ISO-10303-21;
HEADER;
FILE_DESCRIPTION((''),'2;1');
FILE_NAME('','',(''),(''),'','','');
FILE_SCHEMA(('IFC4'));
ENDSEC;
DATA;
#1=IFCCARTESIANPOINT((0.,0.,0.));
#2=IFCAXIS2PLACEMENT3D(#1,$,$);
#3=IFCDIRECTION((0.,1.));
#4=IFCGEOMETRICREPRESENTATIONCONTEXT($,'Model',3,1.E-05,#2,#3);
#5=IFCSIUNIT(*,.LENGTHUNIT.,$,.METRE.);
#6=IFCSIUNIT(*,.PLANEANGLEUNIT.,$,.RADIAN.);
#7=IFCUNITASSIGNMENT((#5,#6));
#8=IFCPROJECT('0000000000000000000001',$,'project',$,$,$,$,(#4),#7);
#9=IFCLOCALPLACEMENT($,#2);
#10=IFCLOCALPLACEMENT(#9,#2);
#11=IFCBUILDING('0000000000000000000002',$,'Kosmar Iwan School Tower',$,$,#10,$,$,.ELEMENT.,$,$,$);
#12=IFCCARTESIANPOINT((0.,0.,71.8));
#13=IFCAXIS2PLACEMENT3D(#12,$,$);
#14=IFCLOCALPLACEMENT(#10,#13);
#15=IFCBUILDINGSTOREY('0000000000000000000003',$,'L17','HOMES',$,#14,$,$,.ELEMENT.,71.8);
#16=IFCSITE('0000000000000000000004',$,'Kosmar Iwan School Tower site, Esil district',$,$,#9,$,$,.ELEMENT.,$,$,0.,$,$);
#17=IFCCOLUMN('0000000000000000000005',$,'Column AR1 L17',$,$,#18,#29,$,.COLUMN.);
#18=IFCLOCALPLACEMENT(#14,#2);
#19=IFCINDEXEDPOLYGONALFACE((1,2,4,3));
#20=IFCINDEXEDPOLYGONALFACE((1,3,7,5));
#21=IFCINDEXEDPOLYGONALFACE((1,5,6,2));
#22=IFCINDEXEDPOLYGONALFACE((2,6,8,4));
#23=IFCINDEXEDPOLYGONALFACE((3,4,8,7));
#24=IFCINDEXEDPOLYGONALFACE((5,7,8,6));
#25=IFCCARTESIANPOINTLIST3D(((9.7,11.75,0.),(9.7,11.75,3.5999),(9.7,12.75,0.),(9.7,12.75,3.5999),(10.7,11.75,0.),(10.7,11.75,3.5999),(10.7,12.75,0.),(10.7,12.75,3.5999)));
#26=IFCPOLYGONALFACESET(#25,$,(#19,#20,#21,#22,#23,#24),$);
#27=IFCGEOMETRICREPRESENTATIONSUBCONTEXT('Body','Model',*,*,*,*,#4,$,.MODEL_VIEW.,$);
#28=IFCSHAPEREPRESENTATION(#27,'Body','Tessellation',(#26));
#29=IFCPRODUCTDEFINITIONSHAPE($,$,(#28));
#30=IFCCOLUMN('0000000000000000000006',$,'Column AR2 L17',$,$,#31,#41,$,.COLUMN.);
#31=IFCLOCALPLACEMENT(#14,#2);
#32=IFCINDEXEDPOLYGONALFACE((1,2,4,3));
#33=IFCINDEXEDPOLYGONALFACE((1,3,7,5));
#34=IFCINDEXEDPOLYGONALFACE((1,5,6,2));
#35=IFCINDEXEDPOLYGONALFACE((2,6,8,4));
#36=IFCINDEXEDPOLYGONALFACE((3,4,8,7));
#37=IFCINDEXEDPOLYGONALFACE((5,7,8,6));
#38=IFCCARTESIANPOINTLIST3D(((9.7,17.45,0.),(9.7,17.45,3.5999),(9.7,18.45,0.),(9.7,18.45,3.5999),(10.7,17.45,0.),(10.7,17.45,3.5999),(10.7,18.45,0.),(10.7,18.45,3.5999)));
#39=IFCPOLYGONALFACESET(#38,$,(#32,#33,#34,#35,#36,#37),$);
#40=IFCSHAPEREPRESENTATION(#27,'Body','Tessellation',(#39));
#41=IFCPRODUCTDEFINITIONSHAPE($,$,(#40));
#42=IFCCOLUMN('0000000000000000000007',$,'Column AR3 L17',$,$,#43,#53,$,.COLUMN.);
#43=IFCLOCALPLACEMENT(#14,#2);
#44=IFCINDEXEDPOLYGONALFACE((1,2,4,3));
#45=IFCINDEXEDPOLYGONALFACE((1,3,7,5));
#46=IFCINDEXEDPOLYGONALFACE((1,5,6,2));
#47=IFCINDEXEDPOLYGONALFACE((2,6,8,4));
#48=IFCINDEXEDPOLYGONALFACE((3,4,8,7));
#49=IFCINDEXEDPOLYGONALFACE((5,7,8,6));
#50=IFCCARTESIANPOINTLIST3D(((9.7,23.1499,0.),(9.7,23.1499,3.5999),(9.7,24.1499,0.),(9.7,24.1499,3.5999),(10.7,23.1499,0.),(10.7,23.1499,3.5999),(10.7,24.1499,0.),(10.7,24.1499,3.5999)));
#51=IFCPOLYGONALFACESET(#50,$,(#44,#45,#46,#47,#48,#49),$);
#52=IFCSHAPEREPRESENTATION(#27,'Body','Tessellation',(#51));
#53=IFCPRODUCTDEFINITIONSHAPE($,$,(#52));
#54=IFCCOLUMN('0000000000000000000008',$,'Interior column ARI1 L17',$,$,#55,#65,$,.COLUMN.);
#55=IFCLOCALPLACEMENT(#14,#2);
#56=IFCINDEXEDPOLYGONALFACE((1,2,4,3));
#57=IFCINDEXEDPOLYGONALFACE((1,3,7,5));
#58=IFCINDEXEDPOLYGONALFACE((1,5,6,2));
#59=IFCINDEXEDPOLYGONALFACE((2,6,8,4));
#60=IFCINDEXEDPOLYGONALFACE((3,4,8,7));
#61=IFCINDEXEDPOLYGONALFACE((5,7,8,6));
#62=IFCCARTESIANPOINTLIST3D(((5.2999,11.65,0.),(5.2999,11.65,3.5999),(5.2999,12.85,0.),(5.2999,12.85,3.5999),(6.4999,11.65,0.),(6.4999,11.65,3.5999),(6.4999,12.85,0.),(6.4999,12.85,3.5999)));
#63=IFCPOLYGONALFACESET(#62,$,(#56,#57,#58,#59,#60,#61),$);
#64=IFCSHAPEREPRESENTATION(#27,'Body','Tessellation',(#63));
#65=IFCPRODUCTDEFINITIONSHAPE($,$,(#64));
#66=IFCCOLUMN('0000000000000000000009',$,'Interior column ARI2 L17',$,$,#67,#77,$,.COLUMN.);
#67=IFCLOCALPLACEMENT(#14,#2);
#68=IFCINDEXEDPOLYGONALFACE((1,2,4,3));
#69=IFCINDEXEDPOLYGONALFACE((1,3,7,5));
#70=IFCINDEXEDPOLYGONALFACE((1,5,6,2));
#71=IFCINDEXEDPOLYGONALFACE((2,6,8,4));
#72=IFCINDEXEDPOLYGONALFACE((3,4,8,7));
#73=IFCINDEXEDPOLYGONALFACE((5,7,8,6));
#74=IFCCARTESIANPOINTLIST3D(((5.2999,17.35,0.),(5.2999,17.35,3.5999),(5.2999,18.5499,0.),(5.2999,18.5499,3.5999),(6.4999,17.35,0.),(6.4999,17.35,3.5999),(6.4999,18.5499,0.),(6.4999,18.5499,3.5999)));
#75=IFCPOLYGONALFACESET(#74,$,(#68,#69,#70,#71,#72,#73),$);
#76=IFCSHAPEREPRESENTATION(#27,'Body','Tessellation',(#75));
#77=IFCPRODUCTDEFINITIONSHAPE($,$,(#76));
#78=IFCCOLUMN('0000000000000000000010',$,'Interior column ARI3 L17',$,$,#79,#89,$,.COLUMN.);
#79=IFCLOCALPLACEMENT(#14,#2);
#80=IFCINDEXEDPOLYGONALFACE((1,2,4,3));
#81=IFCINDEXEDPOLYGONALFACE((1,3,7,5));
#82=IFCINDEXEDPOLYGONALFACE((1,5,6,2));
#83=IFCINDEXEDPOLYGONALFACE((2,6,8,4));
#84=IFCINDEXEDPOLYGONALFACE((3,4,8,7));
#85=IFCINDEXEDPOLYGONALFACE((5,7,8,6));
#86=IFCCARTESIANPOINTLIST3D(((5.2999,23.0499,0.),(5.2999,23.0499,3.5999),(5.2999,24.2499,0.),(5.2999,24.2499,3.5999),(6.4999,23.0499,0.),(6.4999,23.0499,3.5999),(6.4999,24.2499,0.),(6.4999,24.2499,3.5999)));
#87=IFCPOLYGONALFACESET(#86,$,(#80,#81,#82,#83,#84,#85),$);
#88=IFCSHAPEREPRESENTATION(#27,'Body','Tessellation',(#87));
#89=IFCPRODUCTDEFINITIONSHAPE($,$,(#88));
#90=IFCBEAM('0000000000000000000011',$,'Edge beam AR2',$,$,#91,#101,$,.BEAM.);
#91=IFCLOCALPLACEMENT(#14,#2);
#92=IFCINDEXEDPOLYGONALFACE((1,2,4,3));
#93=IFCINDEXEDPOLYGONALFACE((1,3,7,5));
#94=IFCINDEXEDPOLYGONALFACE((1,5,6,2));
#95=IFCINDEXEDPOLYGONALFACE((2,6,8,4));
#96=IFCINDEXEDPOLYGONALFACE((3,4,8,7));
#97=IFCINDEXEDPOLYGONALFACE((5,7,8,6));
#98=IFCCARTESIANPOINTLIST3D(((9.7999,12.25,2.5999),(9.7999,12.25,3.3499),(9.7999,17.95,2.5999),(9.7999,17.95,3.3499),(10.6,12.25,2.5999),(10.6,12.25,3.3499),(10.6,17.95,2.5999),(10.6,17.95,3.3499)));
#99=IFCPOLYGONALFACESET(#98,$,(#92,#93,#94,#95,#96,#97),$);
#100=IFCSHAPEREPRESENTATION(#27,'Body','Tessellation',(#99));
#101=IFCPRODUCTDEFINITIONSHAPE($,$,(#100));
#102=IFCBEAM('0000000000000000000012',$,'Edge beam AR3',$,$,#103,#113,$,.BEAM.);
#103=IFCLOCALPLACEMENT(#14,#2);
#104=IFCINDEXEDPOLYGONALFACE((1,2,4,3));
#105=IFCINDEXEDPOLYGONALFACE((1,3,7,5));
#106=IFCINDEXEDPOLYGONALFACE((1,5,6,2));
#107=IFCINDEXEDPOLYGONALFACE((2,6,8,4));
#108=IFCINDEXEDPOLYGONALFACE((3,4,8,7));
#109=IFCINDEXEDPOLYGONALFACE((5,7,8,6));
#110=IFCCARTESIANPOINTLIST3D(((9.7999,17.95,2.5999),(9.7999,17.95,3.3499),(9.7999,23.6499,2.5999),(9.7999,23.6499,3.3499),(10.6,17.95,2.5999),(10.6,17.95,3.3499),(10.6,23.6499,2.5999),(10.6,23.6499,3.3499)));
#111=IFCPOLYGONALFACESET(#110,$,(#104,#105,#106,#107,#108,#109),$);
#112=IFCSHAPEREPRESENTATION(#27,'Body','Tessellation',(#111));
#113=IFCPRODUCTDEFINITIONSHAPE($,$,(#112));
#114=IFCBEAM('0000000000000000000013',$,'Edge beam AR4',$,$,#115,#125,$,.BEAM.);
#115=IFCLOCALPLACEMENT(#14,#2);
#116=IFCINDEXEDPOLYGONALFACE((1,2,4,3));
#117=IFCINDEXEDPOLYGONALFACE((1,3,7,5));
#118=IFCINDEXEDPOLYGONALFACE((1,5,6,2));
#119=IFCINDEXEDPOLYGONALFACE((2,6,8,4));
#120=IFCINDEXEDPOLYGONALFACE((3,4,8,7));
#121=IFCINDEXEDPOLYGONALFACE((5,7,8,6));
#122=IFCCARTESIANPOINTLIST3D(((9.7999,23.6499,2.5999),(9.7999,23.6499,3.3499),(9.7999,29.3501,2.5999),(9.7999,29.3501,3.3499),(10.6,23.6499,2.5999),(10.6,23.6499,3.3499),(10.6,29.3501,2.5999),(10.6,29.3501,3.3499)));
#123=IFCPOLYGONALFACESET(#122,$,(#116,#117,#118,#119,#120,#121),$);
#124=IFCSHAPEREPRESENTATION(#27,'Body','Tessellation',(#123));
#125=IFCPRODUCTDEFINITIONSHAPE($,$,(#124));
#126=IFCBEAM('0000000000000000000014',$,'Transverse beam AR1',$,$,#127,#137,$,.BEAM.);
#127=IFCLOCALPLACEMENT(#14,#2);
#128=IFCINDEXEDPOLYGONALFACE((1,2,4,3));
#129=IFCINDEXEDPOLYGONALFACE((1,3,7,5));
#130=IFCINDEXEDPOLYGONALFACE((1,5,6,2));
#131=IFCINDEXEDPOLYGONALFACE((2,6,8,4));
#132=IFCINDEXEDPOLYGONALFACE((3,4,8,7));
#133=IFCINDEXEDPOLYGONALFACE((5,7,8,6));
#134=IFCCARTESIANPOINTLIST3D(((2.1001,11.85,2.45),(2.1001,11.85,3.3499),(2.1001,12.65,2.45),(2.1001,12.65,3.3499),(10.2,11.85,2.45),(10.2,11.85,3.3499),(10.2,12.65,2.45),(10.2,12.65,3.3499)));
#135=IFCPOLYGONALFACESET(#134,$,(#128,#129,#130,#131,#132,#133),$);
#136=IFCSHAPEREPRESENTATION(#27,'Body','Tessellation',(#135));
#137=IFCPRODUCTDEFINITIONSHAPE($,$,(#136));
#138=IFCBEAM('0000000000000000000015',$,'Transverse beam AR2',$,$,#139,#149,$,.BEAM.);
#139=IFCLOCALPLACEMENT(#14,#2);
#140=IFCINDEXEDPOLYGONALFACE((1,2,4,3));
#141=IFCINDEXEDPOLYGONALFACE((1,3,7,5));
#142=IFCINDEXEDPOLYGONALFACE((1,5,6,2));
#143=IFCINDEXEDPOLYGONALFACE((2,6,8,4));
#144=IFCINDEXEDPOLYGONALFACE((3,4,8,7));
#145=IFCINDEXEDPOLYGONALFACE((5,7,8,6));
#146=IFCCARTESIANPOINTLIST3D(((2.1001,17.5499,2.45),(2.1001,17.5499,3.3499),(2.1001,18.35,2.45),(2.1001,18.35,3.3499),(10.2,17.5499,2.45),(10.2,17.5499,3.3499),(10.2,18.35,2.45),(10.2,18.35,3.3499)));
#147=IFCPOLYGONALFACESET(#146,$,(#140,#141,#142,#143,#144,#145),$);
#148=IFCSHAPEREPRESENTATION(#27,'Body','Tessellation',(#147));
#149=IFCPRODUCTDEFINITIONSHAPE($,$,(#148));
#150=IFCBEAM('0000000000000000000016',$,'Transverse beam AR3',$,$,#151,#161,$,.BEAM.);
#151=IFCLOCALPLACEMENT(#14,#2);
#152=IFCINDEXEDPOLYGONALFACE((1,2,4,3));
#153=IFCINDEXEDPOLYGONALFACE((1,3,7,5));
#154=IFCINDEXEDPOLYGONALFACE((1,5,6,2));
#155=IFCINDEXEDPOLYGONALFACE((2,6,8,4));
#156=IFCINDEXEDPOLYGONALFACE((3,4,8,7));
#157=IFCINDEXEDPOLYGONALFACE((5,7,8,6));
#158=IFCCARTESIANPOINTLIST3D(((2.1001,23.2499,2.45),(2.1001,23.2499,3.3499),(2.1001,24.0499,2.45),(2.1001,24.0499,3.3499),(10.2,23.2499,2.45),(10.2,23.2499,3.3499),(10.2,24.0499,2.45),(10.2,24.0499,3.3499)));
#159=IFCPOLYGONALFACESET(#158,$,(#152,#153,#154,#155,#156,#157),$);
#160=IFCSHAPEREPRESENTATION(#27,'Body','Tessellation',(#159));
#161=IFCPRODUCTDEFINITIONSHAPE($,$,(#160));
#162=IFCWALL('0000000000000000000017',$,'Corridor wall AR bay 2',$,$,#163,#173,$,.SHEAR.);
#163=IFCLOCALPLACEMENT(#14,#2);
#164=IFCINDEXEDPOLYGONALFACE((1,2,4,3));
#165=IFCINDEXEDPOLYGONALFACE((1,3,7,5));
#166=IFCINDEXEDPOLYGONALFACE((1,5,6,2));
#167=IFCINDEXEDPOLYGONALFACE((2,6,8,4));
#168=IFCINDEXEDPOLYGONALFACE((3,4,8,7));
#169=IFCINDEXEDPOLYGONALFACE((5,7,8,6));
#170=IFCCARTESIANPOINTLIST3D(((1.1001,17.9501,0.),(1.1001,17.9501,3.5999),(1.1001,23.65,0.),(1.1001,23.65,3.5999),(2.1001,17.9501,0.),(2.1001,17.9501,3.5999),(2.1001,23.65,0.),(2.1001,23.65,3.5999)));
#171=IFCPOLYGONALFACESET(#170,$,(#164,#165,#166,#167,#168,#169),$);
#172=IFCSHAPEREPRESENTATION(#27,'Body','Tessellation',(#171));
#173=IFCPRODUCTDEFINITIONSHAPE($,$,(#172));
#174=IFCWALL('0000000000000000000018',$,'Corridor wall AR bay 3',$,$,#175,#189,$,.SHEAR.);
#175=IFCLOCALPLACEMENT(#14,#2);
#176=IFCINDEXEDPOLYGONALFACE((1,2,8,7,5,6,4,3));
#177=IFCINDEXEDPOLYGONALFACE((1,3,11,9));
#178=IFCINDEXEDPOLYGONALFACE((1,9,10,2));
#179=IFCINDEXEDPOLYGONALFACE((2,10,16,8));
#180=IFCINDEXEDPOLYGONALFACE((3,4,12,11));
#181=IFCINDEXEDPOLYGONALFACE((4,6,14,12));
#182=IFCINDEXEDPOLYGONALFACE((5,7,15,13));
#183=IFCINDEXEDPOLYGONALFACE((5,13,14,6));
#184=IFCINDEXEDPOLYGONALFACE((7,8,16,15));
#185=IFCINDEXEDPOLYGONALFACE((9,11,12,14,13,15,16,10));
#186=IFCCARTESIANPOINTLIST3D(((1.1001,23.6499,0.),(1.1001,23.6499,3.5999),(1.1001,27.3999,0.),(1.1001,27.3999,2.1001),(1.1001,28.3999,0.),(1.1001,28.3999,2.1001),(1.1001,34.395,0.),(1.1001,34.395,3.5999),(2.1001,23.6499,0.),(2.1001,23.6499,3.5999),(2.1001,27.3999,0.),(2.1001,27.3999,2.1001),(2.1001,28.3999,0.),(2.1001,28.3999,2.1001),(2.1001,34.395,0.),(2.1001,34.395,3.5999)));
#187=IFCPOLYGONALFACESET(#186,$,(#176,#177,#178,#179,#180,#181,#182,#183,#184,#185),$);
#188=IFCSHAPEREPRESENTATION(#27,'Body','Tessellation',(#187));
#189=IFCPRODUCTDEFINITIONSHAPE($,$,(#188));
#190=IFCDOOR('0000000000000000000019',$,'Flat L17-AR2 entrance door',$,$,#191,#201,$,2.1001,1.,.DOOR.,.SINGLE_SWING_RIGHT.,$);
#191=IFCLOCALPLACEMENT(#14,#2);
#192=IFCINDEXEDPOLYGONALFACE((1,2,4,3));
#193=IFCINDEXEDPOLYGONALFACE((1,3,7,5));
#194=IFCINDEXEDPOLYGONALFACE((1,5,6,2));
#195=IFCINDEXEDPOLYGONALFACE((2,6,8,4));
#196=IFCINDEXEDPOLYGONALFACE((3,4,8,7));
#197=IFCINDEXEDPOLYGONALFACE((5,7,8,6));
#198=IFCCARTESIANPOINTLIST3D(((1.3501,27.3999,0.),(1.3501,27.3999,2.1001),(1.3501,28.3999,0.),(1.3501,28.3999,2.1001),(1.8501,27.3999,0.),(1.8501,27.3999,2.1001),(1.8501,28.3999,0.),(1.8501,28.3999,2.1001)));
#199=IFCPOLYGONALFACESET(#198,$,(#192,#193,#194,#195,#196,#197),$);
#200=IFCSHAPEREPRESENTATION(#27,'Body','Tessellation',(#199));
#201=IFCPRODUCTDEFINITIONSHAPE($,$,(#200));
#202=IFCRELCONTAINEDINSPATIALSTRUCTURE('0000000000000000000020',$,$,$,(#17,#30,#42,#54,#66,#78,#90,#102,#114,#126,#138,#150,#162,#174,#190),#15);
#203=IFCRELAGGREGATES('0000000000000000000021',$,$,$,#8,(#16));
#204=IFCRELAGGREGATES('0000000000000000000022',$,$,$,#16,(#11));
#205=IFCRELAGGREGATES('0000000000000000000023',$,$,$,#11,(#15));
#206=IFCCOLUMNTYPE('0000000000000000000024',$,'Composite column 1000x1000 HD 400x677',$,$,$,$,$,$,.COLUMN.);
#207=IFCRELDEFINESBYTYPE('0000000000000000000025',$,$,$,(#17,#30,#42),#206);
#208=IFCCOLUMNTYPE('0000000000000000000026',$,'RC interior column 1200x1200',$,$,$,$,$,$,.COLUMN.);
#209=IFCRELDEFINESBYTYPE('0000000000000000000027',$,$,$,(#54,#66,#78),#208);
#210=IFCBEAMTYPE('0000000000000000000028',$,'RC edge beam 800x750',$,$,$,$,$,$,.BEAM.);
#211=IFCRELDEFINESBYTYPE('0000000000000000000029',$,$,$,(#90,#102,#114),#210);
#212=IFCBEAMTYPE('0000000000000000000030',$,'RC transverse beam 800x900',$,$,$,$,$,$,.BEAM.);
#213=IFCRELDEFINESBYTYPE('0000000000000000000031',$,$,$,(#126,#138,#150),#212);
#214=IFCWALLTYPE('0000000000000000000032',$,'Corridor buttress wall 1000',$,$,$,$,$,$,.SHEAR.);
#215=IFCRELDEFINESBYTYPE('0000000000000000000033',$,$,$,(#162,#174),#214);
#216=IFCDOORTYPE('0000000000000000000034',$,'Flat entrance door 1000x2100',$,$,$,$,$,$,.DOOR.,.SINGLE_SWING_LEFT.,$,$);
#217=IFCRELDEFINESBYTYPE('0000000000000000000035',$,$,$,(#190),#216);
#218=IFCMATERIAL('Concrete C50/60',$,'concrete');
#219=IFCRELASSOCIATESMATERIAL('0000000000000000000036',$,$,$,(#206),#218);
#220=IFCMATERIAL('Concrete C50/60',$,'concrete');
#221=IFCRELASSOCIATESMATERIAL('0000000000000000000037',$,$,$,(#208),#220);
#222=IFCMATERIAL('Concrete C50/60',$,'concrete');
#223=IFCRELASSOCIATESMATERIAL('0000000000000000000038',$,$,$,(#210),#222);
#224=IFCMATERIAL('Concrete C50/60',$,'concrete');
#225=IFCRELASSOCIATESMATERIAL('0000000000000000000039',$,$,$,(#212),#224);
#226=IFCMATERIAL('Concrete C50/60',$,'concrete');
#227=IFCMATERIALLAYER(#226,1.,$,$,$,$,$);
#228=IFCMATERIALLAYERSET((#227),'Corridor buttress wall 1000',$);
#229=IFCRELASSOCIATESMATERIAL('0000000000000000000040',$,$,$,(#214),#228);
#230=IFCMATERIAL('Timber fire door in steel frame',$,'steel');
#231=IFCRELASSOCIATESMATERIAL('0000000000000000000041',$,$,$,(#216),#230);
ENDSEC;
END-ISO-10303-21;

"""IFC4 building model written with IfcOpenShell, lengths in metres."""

from ifc_helpers import new_model, si_unit, direction, frame, frame_2d, origin, origin_2d, place, context, subcontext, project, spatial, rectangle, extrude, material, layer, layer_set, material_profile, profile_set, type_object, element, fill, save


model = new_model("IFC4")

# Units and contexts
model_context = context("Model", 3, precision=1e-05, world=origin(), true_north=direction((0.0, 1.0)))
body_context = subcontext(model_context, "Body", "Model", "MODEL_VIEW")
ifc_project = project(units=[si_unit("LENGTHUNIT", "METRE"), si_unit("PLANEANGLEUNIT", "RADIAN")], contexts=[model_context])

# Site, building, storey
site_placement = place(None, origin())
site = spatial("IfcSite", under=ifc_project, at=site_placement, Name="Kosmar Iwan School Tower site, Esil district", CompositionType="ELEMENT", RefElevation=0.0)
building_placement = place(site_placement, origin())
building = spatial("IfcBuilding", under=site, at=building_placement, Name="Kosmar Iwan School Tower", CompositionType="ELEMENT")
storey_placement = place(building_placement, frame((0.0, 0.0, 71.8)))
storey = spatial("IfcBuildingStorey", under=building, at=storey_placement, Name="L17", Description="HOMES", CompositionType="ELEMENT", Elevation=71.8)

# Columns
ifc_material_1 = material(Name="Concrete C50/60", Category="concrete")
ifc_material_profile_1 = material_profile(ifc_material_1, rectangle(XDim=1.0, YDim=1.0, at=origin_2d()), Name="RC 1000x1000 + HD 400x677")
ifc_profile_set_1 = profile_set([ifc_material_profile_1], Name="Concrete C50/60")
column_type_1 = type_object("IfcColumnType", Name="Composite column 1000x1000 HD 400x677", PredefinedType="COLUMN", material=ifc_profile_set_1)
for number, where, z_axis, x_axis, name in (
    (1, (10.2, 12.25, 0.0), (0.0, 0.0, 1.0), (0.0, 1.0, 0.0), "Column AR1 L17"),
    (2, (10.2, 17.95, 0.0), (0.0, 0.0, 1.0), (0.0, 1.0, 0.0), "Column AR2 L17"),
    (3, (10.2, 23.6499, 0.0), (0.0, 0.0, 1.0), (0.0, 1.0, 0.0), "Column AR3 L17"),
):
    element("IfcColumn", number, at=place(storey_placement, frame(where, z_axis=z_axis, x_axis=x_axis)), inside=storey, type_object=column_type_1, Name=name, PredefinedType="COLUMN", context=body_context, shape_type="SweptSolid", body=[
        extrude(rectangle(XDim=1.0, YDim=1.0, at=origin_2d()), origin(), (0.0, 0.0, 1.0), 3.5999),
    ])
ifc_material_2 = material(Name="Concrete C50/60", Category="concrete")
ifc_material_profile_2 = material_profile(ifc_material_2, rectangle(XDim=1.2, YDim=1.2, at=origin_2d()), Name="RC 1200x1200")
ifc_profile_set_2 = profile_set([ifc_material_profile_2], Name="Concrete C50/60")
column_type_2 = type_object("IfcColumnType", Name="RC interior column 1200x1200", PredefinedType="COLUMN", material=ifc_profile_set_2)
for number, where, z_axis, x_axis, name in (
    (4, (5.8999, 12.25, 0.0), (0.0, 0.0, 1.0), (0.0, 1.0, 0.0), "Interior column ARI1 L17"),
    (5, (5.8999, 17.95, 0.0), (0.0, 0.0, 1.0), (0.0, 1.0, 0.0), "Interior column ARI2 L17"),
    (6, (5.8999, 23.6499, 0.0), (0.0, 0.0, 1.0), (0.0, 1.0, 0.0), "Interior column ARI3 L17"),
):
    element("IfcColumn", number, at=place(storey_placement, frame(where, z_axis=z_axis, x_axis=x_axis)), inside=storey, type_object=column_type_2, Name=name, PredefinedType="COLUMN", context=body_context, shape_type="SweptSolid", body=[
        extrude(rectangle(XDim=1.2, YDim=1.2, at=origin_2d()), origin(), (0.0, 0.0, 1.0), 3.5999),
    ])

# Beams
ifc_material_3 = material(Name="Concrete C50/60", Category="concrete")
ifc_material_profile_3 = material_profile(ifc_material_3, rectangle(XDim=0.8, YDim=0.75, at=origin_2d()), Name="RC 800x750")
ifc_profile_set_3 = profile_set([ifc_material_profile_3], Name="Concrete C50/60")
beam_type_1 = type_object("IfcBeamType", Name="RC edge beam 800x750", PredefinedType="BEAM", material=ifc_profile_set_3)
for number, where, z_axis, x_axis, name in (
    (7, (10.2, 12.25, 2.9749), (0.0, 1.0, 0.0), (-1.0, 0.0, 0.0), "Edge beam AR2"),
    (8, (10.2, 17.95, 2.9749), (0.0, 1.0, 0.0), (-1.0, 0.0, 0.0), "Edge beam AR3"),
):
    element("IfcBeam", number, at=place(storey_placement, frame(where, z_axis=z_axis, x_axis=x_axis)), inside=storey, type_object=beam_type_1, Name=name, PredefinedType="BEAM", context=body_context, shape_type="SweptSolid", body=[
        extrude(rectangle(XDim=0.8, YDim=0.75, at=origin_2d()), origin(), (0.0, 0.0, 1.0), 5.7),
    ])
beam_placement = place(storey_placement, frame((10.2, 23.6499, 2.9749), z_axis=(0.0, 1.0, 0.0), x_axis=(-1.0, 0.0, 0.0)))
element("IfcBeam", 9, at=beam_placement, inside=storey, type_object=beam_type_1, Name="Edge beam AR4", PredefinedType="BEAM", context=body_context, shape_type="SweptSolid", body=[
    extrude(rectangle(XDim=0.8, YDim=0.75, at=origin_2d()), origin(), (0.0, 0.0, 1.0), 5.7002),
])
ifc_material_4 = material(Name="Concrete C50/60", Category="concrete")
ifc_material_profile_4 = material_profile(ifc_material_4, rectangle(XDim=0.8, YDim=0.8999, at=origin_2d()), Name="RC 800x900")
ifc_profile_set_4 = profile_set([ifc_material_profile_4], Name="Concrete C50/60")
beam_type_2 = type_object("IfcBeamType", Name="RC transverse beam 800x900", PredefinedType="BEAM", material=ifc_profile_set_4)
for number, where, z_axis, x_axis, name in (
    (10, (10.2, 12.25, 2.8999), (-1.0, 0.0, 0.0), (0.0, -1.0, 0.0), "Transverse beam AR1"),
    (11, (10.2, 17.95, 2.8999), (-1.0, 0.0, 0.0), (0.0, -1.0, 0.0), "Transverse beam AR2"),
    (12, (10.2, 23.6499, 2.8999), (-1.0, 0.0, 0.0), (0.0, -1.0, 0.0), "Transverse beam AR3"),
):
    element("IfcBeam", number, at=place(storey_placement, frame(where, z_axis=z_axis, x_axis=x_axis)), inside=storey, type_object=beam_type_2, Name=name, PredefinedType="BEAM", context=body_context, shape_type="SweptSolid", body=[
        extrude(rectangle(XDim=0.8, YDim=0.8999, at=origin_2d()), origin(), (0.0, 0.0, 1.0), 8.0999),
    ])

# Wall
ifc_material_5 = material(Name="Concrete C50/60", Category="concrete")
ifc_layer_1 = layer(ifc_material_5, 1.0)
ifc_layer_set_1 = layer_set([ifc_layer_1], Name="Corridor buttress wall 1000")
wall_type_1 = type_object("IfcWallType", Name="Corridor buttress wall 1000", PredefinedType="SHEAR", material=ifc_layer_set_1)
wall_1_placement = place(storey_placement, frame((1.6001, 17.95, 0.0), z_axis=(0.0, 0.0, 1.0), x_axis=(0.0, 1.0, 0.0)))
element("IfcWall", 13, at=wall_1_placement, inside=storey, type_object=wall_type_1, Name="Corridor wall AR bay 2", PredefinedType="SHEAR", context=body_context, shape_type="SweptSolid", body=[
    extrude(rectangle(XDim=5.7, YDim=1.0, at=frame_2d((2.8501, 0.0))), origin(), (0.0, 0.0, 1.0), 3.5999),
])

# Wall, opening, door
wall_2_placement = place(storey_placement, frame((1.6001, 23.6499, 0.0), z_axis=(0.0, 0.0, 1.0), x_axis=(0.0, 1.0, 0.0)))
wall_2 = element("IfcWall", 14, at=wall_2_placement, inside=storey, type_object=wall_type_1, Name="Corridor wall AR bay 3", PredefinedType="SHEAR", context=body_context, shape_type="SweptSolid", body=[
    extrude(rectangle(XDim=10.7451, YDim=1.0, at=frame_2d((5.3726, 0.0))), origin(), (0.0, 0.0, 1.0), 3.5999),
])
opening_1_placement = place(wall_2_placement, frame((3.75, 0.0, 0.0)))
opening_1 = element("IfcOpeningElement", 15, at=opening_1_placement, cuts=wall_2, PredefinedType="OPENING", context=body_context, shape_type="SweptSolid", body=[
    extrude(rectangle(XDim=1.0, YDim=2.1001, at=frame_2d((0.5, 1.05))), frame((0.0, 0.512, 0.0), z_axis=(0.0, -1.0, 0.0), x_axis=(1.0, 0.0, 0.0)), (0.0, 0.0, 1.0), 1.0239),
])
ifc_material_6 = material(Name="Timber fire door in steel frame", Category="steel")
door_type_1 = type_object("IfcDoorType", Name="Flat entrance door 1000x2100", OperationType="SINGLE_SWING_LEFT", PredefinedType="DOOR", material=ifc_material_6)
door_1_placement = place(opening_1_placement, origin())
door_1 = element("IfcDoor", 16, at=door_1_placement, inside=storey, type_object=door_type_1, Name="Flat L17-AR2 entrance door", OperationType="SINGLE_SWING_RIGHT", OverallHeight=2.1001, OverallWidth=1.0, PredefinedType="DOOR", context=body_context, shape_type="SweptSolid", body=[
    extrude(rectangle(XDim=1.0, YDim=2.1001, at=frame_2d((0.5, 1.05))), frame((0.0, 0.25, 0.0), z_axis=(0.0, -1.0, 0.0), x_axis=(1.0, 0.0, 0.0)), (0.0, 0.0, 1.0), 0.5),
])
fill(opening_1, door_1)

save(model, "model.ifc")
